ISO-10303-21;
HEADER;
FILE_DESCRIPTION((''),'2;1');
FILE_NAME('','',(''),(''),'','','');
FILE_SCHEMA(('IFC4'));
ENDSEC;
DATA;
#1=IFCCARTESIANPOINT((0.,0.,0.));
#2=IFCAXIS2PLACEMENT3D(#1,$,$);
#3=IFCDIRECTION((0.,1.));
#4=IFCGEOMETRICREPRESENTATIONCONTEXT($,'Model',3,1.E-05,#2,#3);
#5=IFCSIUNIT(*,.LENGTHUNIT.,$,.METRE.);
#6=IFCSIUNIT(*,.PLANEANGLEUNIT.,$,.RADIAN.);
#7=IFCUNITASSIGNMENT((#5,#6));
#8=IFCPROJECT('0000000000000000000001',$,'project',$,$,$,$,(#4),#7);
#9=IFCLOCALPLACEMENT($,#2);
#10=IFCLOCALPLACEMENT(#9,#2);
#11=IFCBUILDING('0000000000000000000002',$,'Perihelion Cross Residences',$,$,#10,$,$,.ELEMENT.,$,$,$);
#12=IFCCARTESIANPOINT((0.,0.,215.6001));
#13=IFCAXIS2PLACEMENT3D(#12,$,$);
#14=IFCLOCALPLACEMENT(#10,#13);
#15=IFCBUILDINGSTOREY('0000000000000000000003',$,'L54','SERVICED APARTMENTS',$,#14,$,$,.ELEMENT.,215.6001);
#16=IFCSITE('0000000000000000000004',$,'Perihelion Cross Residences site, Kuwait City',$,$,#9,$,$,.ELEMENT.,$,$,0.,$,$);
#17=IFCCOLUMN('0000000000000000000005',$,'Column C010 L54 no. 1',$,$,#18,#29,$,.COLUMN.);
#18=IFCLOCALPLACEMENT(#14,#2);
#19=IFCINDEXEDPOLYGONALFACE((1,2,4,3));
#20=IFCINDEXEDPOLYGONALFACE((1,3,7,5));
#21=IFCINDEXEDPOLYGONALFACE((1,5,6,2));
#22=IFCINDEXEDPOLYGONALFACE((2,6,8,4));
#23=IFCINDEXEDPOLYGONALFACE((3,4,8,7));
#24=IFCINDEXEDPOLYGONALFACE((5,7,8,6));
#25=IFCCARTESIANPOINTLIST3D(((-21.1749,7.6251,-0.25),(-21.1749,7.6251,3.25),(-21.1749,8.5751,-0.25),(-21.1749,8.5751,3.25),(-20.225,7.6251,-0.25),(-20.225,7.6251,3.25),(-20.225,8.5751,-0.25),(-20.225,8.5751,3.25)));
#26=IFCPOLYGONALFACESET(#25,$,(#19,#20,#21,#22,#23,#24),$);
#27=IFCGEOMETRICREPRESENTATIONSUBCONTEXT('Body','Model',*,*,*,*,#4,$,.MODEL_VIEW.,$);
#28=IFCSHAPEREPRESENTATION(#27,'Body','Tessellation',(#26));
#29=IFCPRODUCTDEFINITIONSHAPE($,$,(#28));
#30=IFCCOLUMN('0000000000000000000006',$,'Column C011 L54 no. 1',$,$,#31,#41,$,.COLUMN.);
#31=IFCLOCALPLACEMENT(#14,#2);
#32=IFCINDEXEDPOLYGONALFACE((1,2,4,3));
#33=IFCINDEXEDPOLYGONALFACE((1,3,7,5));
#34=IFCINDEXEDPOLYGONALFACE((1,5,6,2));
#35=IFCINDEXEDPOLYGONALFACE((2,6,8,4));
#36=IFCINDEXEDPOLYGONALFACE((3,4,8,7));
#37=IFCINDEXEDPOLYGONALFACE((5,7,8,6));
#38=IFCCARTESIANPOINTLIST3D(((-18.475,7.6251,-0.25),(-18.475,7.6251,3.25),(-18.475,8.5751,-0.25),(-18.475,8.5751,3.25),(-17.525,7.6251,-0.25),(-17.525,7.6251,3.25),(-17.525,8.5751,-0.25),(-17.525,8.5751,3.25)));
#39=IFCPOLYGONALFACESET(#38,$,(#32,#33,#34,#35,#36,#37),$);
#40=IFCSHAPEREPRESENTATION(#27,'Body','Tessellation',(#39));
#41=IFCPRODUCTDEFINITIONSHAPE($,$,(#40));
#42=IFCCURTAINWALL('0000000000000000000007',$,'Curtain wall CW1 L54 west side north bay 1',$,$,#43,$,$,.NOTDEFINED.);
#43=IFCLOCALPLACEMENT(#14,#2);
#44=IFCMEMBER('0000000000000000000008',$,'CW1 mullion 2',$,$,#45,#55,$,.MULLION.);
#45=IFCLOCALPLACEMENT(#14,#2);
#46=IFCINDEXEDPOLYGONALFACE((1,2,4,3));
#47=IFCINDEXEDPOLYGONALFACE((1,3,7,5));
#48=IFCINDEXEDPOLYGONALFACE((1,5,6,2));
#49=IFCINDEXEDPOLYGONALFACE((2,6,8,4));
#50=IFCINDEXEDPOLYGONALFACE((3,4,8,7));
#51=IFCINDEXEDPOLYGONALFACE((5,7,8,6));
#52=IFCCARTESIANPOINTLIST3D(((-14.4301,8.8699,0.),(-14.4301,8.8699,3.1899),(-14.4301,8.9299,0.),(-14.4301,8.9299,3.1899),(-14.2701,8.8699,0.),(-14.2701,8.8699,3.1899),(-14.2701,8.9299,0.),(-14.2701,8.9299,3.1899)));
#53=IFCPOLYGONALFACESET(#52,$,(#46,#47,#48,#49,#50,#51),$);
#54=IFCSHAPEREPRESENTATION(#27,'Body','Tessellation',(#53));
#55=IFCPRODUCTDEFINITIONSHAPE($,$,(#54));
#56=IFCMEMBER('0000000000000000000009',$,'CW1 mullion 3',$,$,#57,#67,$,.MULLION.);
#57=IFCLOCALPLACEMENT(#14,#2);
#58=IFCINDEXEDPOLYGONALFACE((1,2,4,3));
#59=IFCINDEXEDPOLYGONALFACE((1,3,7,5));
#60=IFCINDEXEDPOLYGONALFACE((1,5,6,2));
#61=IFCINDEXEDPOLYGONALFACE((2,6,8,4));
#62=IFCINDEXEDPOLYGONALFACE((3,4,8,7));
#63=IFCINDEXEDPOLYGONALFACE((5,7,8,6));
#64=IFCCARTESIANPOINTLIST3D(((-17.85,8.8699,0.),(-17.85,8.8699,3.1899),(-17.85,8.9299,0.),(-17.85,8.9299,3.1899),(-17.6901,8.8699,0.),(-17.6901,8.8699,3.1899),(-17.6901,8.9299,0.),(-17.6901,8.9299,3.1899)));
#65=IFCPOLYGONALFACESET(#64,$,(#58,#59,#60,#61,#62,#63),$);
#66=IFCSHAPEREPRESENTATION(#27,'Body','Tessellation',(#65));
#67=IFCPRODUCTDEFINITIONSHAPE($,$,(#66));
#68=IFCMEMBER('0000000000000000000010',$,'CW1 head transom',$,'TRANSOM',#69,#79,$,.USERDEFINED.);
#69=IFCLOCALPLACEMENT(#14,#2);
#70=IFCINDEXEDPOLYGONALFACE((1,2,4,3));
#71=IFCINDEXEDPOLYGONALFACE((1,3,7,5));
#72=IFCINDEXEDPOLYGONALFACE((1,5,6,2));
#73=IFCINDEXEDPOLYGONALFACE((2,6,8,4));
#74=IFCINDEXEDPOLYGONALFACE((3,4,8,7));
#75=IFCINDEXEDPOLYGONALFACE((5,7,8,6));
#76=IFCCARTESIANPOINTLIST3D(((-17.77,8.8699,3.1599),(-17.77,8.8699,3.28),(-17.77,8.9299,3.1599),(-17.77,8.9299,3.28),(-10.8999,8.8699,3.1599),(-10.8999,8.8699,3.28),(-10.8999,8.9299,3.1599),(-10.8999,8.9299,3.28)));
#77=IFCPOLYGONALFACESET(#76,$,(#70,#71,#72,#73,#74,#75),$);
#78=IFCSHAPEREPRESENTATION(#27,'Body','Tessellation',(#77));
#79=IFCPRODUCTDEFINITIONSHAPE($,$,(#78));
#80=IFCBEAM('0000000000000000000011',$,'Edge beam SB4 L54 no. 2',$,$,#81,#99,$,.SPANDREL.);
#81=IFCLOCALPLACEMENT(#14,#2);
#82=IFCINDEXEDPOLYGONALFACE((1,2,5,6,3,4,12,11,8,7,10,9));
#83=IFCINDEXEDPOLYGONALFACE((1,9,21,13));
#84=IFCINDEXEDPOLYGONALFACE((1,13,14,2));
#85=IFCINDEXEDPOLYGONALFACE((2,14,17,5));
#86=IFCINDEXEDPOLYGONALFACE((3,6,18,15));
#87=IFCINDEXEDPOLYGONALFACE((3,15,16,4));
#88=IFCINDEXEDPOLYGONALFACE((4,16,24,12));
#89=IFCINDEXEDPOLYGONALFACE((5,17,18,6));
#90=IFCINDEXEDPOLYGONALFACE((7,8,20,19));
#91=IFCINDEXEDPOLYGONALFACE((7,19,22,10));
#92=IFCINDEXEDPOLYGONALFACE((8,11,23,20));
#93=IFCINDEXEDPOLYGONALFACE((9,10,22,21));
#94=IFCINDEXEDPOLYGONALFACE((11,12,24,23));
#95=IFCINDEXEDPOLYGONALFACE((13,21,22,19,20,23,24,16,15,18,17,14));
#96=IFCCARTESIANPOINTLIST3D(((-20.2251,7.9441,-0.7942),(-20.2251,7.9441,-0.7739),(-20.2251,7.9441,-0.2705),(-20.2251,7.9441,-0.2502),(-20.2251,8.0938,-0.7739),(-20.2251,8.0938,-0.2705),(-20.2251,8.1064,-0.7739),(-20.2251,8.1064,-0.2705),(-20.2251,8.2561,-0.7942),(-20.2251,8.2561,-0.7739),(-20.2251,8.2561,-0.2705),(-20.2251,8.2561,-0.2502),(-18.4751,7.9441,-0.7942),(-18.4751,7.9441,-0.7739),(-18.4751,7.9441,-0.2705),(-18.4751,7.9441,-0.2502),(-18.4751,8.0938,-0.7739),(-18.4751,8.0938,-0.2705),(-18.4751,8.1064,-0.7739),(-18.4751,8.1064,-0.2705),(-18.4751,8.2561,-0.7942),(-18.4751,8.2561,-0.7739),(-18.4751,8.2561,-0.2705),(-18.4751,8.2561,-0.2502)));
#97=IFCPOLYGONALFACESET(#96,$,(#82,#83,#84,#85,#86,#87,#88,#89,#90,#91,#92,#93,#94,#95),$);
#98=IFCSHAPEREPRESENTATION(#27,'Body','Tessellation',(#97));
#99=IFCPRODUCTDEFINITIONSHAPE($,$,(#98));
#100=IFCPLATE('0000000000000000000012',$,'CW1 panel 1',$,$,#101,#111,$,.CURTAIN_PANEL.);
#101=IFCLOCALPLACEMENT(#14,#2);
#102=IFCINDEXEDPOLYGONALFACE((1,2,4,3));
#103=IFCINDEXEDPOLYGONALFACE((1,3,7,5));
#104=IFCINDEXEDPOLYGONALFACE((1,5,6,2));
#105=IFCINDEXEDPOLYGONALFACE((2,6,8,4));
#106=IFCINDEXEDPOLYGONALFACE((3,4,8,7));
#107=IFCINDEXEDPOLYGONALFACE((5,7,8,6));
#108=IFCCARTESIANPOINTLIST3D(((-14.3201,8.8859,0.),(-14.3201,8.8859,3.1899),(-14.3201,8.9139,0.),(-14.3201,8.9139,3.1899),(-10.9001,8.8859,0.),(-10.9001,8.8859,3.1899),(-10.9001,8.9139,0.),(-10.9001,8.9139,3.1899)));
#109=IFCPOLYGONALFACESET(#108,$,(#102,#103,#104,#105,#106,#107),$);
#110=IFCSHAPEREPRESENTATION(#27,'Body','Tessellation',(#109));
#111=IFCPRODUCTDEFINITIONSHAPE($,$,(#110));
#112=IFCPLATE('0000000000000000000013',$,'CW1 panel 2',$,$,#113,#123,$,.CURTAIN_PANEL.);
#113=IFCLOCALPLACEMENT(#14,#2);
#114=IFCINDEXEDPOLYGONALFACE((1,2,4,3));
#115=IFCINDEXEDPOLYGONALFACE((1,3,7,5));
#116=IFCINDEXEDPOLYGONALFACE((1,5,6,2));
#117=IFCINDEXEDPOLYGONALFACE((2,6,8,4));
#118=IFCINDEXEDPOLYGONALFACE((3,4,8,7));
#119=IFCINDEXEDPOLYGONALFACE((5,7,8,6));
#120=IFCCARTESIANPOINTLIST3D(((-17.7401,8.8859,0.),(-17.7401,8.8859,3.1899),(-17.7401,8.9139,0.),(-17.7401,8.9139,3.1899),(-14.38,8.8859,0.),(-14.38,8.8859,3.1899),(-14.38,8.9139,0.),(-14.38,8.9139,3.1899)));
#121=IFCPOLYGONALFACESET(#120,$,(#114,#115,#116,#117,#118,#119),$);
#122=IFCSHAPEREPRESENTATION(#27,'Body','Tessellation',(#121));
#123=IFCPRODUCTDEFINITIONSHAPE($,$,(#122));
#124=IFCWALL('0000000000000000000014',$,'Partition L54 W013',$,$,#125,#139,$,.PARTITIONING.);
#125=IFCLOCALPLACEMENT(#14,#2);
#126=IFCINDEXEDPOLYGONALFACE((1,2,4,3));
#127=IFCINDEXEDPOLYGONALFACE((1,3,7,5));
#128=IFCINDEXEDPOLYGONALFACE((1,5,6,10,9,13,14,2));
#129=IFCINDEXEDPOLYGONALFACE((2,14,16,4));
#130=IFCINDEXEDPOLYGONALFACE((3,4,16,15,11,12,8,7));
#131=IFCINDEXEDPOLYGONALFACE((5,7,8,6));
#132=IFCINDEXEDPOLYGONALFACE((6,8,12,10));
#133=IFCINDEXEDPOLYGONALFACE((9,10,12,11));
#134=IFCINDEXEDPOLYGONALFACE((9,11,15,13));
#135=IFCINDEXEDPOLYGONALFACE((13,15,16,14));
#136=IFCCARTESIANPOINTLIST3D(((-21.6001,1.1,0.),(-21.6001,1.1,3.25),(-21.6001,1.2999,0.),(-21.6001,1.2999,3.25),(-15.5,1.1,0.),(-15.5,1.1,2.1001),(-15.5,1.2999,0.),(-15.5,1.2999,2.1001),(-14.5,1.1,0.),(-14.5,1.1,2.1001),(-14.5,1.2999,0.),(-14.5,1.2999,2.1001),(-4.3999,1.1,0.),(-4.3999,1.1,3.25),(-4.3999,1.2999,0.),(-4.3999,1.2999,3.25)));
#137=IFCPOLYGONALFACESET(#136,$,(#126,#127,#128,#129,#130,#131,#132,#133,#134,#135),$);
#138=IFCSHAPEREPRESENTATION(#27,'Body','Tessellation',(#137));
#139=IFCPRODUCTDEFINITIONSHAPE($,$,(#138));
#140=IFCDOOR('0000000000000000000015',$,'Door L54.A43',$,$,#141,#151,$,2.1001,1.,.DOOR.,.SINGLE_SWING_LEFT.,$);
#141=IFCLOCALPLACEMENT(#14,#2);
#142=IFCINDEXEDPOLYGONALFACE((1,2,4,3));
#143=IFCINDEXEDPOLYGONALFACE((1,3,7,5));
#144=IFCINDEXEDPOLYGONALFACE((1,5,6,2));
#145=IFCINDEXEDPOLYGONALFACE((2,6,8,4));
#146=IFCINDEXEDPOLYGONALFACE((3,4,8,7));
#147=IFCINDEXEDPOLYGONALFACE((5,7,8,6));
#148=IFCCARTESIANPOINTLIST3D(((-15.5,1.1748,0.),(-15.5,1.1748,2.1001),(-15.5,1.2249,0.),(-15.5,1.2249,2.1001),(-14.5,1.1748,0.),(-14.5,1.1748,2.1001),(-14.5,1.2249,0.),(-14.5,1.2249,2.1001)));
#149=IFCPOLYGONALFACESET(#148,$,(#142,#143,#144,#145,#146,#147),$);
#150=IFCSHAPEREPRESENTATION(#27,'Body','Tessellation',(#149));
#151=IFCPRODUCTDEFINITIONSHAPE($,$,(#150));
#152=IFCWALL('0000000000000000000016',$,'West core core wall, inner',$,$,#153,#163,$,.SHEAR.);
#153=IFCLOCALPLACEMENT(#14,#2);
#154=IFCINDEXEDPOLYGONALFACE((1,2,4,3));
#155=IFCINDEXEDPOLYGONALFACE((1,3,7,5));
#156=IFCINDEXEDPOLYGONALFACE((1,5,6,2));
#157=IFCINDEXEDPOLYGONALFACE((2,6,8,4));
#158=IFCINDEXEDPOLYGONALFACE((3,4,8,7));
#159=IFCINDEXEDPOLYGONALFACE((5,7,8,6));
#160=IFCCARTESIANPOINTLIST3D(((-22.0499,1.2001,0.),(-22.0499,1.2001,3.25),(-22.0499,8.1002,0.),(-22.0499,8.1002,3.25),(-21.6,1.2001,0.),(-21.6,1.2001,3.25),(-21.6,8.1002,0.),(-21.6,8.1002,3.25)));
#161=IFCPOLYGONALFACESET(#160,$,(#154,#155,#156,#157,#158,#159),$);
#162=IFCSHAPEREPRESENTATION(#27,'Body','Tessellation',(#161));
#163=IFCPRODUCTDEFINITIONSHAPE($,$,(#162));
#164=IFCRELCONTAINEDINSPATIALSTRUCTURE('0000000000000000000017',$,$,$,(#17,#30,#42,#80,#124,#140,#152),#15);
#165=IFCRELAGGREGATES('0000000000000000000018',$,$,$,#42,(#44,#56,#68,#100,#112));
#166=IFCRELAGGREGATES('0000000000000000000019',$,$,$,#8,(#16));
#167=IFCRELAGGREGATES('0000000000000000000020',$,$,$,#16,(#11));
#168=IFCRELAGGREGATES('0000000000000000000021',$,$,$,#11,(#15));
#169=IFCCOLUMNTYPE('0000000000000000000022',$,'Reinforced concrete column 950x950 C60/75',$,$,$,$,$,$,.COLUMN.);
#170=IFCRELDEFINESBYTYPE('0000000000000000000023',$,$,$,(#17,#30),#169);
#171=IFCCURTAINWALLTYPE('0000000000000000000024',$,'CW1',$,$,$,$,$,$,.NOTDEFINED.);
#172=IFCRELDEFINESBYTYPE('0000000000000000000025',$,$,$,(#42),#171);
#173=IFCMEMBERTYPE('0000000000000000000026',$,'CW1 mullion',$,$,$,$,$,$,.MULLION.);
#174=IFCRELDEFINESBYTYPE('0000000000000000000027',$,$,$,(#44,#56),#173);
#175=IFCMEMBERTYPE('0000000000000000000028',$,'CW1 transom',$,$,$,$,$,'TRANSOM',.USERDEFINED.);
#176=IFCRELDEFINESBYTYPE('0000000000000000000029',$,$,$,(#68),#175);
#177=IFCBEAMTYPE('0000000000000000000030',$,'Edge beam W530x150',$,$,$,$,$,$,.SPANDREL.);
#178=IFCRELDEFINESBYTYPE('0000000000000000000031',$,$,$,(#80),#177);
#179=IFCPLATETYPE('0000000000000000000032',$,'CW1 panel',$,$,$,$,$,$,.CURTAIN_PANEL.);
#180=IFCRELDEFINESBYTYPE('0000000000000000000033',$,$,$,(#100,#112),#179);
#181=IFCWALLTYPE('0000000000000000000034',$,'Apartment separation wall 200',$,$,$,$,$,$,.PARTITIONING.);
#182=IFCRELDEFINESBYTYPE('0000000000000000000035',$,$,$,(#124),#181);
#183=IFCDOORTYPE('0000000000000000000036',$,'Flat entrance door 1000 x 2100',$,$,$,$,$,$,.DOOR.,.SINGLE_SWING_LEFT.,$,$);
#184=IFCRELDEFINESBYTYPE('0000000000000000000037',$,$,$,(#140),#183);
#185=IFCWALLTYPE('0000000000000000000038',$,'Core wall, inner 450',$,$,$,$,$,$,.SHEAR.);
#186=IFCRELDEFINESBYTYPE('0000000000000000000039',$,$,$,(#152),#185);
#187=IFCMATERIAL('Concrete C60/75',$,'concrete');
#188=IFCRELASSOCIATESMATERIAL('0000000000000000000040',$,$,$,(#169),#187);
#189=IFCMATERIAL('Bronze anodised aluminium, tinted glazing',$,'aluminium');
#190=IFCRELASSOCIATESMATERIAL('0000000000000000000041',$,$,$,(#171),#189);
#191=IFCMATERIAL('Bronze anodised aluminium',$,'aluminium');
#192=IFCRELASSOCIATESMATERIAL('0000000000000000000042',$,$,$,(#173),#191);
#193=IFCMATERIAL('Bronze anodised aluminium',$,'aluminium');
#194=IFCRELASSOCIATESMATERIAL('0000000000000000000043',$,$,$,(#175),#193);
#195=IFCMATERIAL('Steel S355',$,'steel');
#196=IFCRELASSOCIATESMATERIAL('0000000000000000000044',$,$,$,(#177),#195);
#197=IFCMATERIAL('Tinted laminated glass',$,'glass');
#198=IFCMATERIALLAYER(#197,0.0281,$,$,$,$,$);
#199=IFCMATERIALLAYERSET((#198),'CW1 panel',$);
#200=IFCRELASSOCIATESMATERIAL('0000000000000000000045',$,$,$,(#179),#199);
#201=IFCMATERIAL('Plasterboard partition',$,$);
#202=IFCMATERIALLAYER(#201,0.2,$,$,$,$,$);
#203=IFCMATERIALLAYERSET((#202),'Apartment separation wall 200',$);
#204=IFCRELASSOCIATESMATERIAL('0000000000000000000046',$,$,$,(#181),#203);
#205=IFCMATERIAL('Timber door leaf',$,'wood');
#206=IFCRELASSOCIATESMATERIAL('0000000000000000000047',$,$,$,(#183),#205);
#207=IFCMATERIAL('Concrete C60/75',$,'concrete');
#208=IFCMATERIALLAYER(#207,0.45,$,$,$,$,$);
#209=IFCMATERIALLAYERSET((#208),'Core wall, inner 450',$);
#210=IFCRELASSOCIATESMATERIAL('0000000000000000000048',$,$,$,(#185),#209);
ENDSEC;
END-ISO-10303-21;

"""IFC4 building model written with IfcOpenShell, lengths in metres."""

from ifc_helpers import new_model, si_unit, direction, frame, frame_2d, origin, origin_2d, place, context, subcontext, project, spatial, rectangle, i_section, extrude, material, layer, layer_set, material_profile, profile_set, type_object, element, fill, aggregate, save


model = new_model("IFC4")

# Units and contexts
model_context = context("Model", 3, precision=1e-05, world=origin(), true_north=direction((0.0, 1.0)))
body_context = subcontext(model_context, "Body", "Model", "MODEL_VIEW")
ifc_project = project(units=[si_unit("LENGTHUNIT", "METRE"), si_unit("PLANEANGLEUNIT", "RADIAN")], contexts=[model_context])

# Site, building, storey
site_placement = place(None, origin())
site = spatial("IfcSite", under=ifc_project, at=site_placement, Name="Perihelion Cross Residences site, Kuwait City", CompositionType="ELEMENT", RefElevation=0.0)
building_placement = place(site_placement, origin())
building = spatial("IfcBuilding", under=site, at=building_placement, Name="Perihelion Cross Residences", CompositionType="ELEMENT")
storey_placement = place(building_placement, frame((0.0, 0.0, 215.6001)))
storey = spatial("IfcBuildingStorey", under=building, at=storey_placement, Name="L54", Description="SERVICED APARTMENTS", CompositionType="ELEMENT", Elevation=215.6001)

# Columns
ifc_material_1 = material(Name="Concrete C60/75", Category="concrete")
ifc_material_profile_1 = material_profile(ifc_material_1, rectangle(XDim=0.95, YDim=0.95, at=origin_2d()), Name="RC 950x950")
ifc_profile_set_1 = profile_set([ifc_material_profile_1], Name="Concrete C60/75")
column_type = type_object("IfcColumnType", Name="Reinforced concrete column 950x950 C60/75", PredefinedType="COLUMN", material=ifc_profile_set_1)
for number, where, z_axis, x_axis, name in (
    (1, (-20.7, 8.1001, -0.25), (0.0, 0.0, 1.0), (1.0, 0.0, 0.0), "Column C010 L54 no. 1"),
    (2, (-18.0, 8.1001, -0.25), (0.0, 0.0, 1.0), (1.0, 0.0, 0.0), "Column C011 L54 no. 1"),
):
    element("IfcColumn", number, at=place(storey_placement, frame(where, z_axis=z_axis, x_axis=x_axis)), inside=storey, type_object=column_type, Name=name, PredefinedType="COLUMN", context=body_context, shape_type="SweptSolid", body=[
        extrude(rectangle(XDim=0.95, YDim=0.95, at=origin_2d()), origin(), (0.0, 0.0, 1.0), 3.5),
    ])

# Curtain wall, members
ifc_material_2 = material(Name="Bronze anodised aluminium, tinted glazing", Category="aluminium")
curtain_wall_type = type_object("IfcCurtainWallType", Name="CW1", PredefinedType="NOTDEFINED", material=ifc_material_2)
curtain_wall_placement = place(storey_placement, origin())
curtain_wall = element("IfcCurtainWall", 3, at=curtain_wall_placement, inside=storey, type_object=curtain_wall_type, Name="Curtain wall CW1 L54 west side north bay 1", PredefinedType="NOTDEFINED")
ifc_material_3 = material(Name="Bronze anodised aluminium", Category="aluminium")
ifc_material_profile_2 = material_profile(ifc_material_3, rectangle(XDim=0.0601, YDim=0.1599, at=origin_2d()), Name="CW1 mullion")
ifc_profile_set_2 = profile_set([ifc_material_profile_2], Name="Bronze anodised aluminium")
member_type_1 = type_object("IfcMemberType", Name="CW1 mullion", PredefinedType="MULLION", material=ifc_profile_set_2)
member_1_placement = place(storey_placement, frame((-14.3501, 8.8999, 0.0), z_axis=(0.0, 0.0, 1.0), x_axis=(0.0, -1.0, 0.0)))
member_1 = element("IfcMember", 4, at=member_1_placement, type_object=member_type_1, Name="CW1 mullion 2", PredefinedType="MULLION", context=body_context, shape_type="SweptSolid", body=[
    extrude(rectangle(XDim=0.0601, YDim=0.1599, at=origin_2d()), origin(), (0.0, 0.0, 1.0), 3.1899),
])
member_2_placement = place(storey_placement, frame((-17.77, 8.8999, 0.0), z_axis=(0.0, 0.0, 1.0), x_axis=(0.0, -1.0, 0.0)))
member_2 = element("IfcMember", 5, at=member_2_placement, type_object=member_type_1, Name="CW1 mullion 3", PredefinedType="MULLION", context=body_context, shape_type="SweptSolid", body=[
    extrude(rectangle(XDim=0.0601, YDim=0.1599, at=origin_2d()), origin(), (0.0, 0.0, 1.0), 3.1899),
])
ifc_material_4 = material(Name="Bronze anodised aluminium", Category="aluminium")
ifc_material_profile_3 = material_profile(ifc_material_4, rectangle(XDim=0.0601, YDim=0.1201, at=origin_2d()), Name="CW1 transom")
ifc_profile_set_3 = profile_set([ifc_material_profile_3], Name="Bronze anodised aluminium")
member_type_2 = type_object("IfcMemberType", Name="CW1 transom", ElementType="TRANSOM", PredefinedType="USERDEFINED", material=ifc_profile_set_3)
member_3_placement = place(storey_placement, frame((-10.8999, 8.8999, 3.22), z_axis=(-1.0, 0.0, 0.0), x_axis=(0.0, -1.0, 0.0)))
member_3 = element("IfcMember", 6, at=member_3_placement, type_object=member_type_2, Name="CW1 head transom", ObjectType="TRANSOM", PredefinedType="USERDEFINED", context=body_context, shape_type="SweptSolid", body=[
    extrude(rectangle(XDim=0.0601, YDim=0.1201, at=origin_2d()), origin(), (0.0, 0.0, 1.0), 6.8701),
])

# Beam
ifc_material_5 = material(Name="Steel S355", Category="steel")
ifc_material_profile_4 = material_profile(ifc_material_5, i_section(OverallWidth=0.312, OverallDepth=0.5439, WebThickness=0.0127, FlangeThickness=0.0203, at=origin_2d()), Name="W530x150")
ifc_profile_set_4 = profile_set([ifc_material_profile_4], Name="Steel S355")
beam_type = type_object("IfcBeamType", Name="Edge beam W530x150", PredefinedType="SPANDREL", material=ifc_profile_set_4)
beam_placement = place(storey_placement, frame((-18.4751, 8.1001, -0.5222), z_axis=(-1.0, 0.0, 0.0), x_axis=(0.0, -1.0, 0.0)))
element("IfcBeam", 7, at=beam_placement, inside=storey, type_object=beam_type, Name="Edge beam SB4 L54 no. 2", PredefinedType="SPANDREL", context=body_context, shape_type="SweptSolid", body=[
    extrude(i_section(OverallWidth=0.312, OverallDepth=0.5439, WebThickness=0.0127, FlangeThickness=0.0203, at=origin_2d()), origin(), (0.0, 0.0, 1.0), 1.75),
])

# Plates
ifc_material_6 = material(Name="Tinted laminated glass", Category="glass")
ifc_layer_1 = layer(ifc_material_6, 0.0281)
ifc_layer_set_1 = layer_set([ifc_layer_1], Name="CW1 panel")
plate_type = type_object("IfcPlateType", Name="CW1 panel", PredefinedType="CURTAIN_PANEL", material=ifc_layer_set_1)
plate_1_placement = place(storey_placement, frame((-12.6101, 8.8999, 0.0), z_axis=(0.0, 0.0, 1.0), x_axis=(-1.0, 0.0, 0.0)))
plate_1 = element("IfcPlate", 8, at=plate_1_placement, type_object=plate_type, Name="CW1 panel 1", PredefinedType="CURTAIN_PANEL", context=body_context, shape_type="SweptSolid", body=[
    extrude(rectangle(XDim=3.4199, YDim=0.0281, at=origin_2d()), origin(), (0.0, 0.0, 1.0), 3.1899),
])
plate_2_placement = place(storey_placement, frame((-16.0601, 8.8999, 0.0), z_axis=(0.0, 0.0, 1.0), x_axis=(-1.0, 0.0, 0.0)))
plate_2 = element("IfcPlate", 9, at=plate_2_placement, type_object=plate_type, Name="CW1 panel 2", PredefinedType="CURTAIN_PANEL", context=body_context, shape_type="SweptSolid", body=[
    extrude(rectangle(XDim=3.3601, YDim=0.0281, at=origin_2d()), origin(), (0.0, 0.0, 1.0), 3.1899),
])
aggregate(curtain_wall, [member_1, member_2, member_3, plate_1, plate_2])

# Wall, opening, door
ifc_material_7 = material(Name="Plasterboard partition")
ifc_layer_2 = layer(ifc_material_7, 0.2)
ifc_layer_set_2 = layer_set([ifc_layer_2], Name="Apartment separation wall 200")
wall_type_1 = type_object("IfcWallType", Name="Apartment separation wall 200", PredefinedType="PARTITIONING", material=ifc_layer_set_2)
wall_1_placement = place(storey_placement, frame((-21.6001, 1.2, 0.0), z_axis=(0.0, 0.0, 1.0), x_axis=(1.0, 0.0, 0.0)))
wall_1 = element("IfcWall", 10, at=wall_1_placement, inside=storey, type_object=wall_type_1, Name="Partition L54 W013", PredefinedType="PARTITIONING", context=body_context, shape_type="SweptSolid", body=[
    extrude(rectangle(XDim=17.2002, YDim=0.2, at=frame_2d((8.6001, 0.0))), origin(), (0.0, 0.0, 1.0), 3.25),
])
opening_1_placement = place(wall_1_placement, frame((6.1001, 0.0, 0.0)))
opening_1 = element("IfcOpeningElement", 11, at=opening_1_placement, cuts=wall_1, PredefinedType="OPENING", context=body_context, shape_type="SweptSolid", body=[
    extrude(rectangle(XDim=1.0, YDim=2.1001, at=frame_2d((0.5, 1.05))), frame((0.0, 0.1099, 0.0), z_axis=(0.0, -1.0, 0.0), x_axis=(1.0, 0.0, 0.0)), (0.0, 0.0, 1.0), 0.22),
])
ifc_material_8 = material(Name="Timber door leaf", Category="wood")
door_type_1 = type_object("IfcDoorType", Name="Flat entrance door 1000 x 2100", OperationType="SINGLE_SWING_LEFT", PredefinedType="DOOR", material=ifc_material_8)
door_1_placement = place(opening_1_placement, origin())
door_1 = element("IfcDoor", 12, at=door_1_placement, inside=storey, type_object=door_type_1, Name="Door L54.A43", OperationType="SINGLE_SWING_LEFT", OverallHeight=2.1001, OverallWidth=1.0, PredefinedType="DOOR", context=body_context, shape_type="SweptSolid", body=[
    extrude(rectangle(XDim=1.0, YDim=2.1001, at=frame_2d((0.5, 1.05))), frame((0.0, 0.0249, 0.0), z_axis=(0.0, -1.0, 0.0), x_axis=(1.0, 0.0, 0.0)), (0.0, 0.0, 1.0), 0.05),
])
fill(opening_1, door_1)

# Wall
ifc_material_9 = material(Name="Concrete C60/75", Category="concrete")
ifc_layer_3 = layer(ifc_material_9, 0.45)
ifc_layer_set_3 = layer_set([ifc_layer_3], Name="Core wall, inner 450")
wall_type_2 = type_object("IfcWallType", Name="Core wall, inner 450", PredefinedType="SHEAR", material=ifc_layer_set_3)
wall_2_placement = place(storey_placement, frame((-21.825, 1.2, 0.0), z_axis=(0.0, 0.0, 1.0), x_axis=(0.0, 1.0, 0.0)))
element("IfcWall", 13, at=wall_2_placement, inside=storey, type_object=wall_type_2, Name="West core core wall, inner", PredefinedType="SHEAR", context=body_context, shape_type="SweptSolid", body=[
    extrude(rectangle(XDim=6.9001, YDim=0.45, at=frame_2d((3.4502, 0.0))), origin(), (0.0, 0.0, 1.0), 3.25),
])

save(model, "model.ifc")
